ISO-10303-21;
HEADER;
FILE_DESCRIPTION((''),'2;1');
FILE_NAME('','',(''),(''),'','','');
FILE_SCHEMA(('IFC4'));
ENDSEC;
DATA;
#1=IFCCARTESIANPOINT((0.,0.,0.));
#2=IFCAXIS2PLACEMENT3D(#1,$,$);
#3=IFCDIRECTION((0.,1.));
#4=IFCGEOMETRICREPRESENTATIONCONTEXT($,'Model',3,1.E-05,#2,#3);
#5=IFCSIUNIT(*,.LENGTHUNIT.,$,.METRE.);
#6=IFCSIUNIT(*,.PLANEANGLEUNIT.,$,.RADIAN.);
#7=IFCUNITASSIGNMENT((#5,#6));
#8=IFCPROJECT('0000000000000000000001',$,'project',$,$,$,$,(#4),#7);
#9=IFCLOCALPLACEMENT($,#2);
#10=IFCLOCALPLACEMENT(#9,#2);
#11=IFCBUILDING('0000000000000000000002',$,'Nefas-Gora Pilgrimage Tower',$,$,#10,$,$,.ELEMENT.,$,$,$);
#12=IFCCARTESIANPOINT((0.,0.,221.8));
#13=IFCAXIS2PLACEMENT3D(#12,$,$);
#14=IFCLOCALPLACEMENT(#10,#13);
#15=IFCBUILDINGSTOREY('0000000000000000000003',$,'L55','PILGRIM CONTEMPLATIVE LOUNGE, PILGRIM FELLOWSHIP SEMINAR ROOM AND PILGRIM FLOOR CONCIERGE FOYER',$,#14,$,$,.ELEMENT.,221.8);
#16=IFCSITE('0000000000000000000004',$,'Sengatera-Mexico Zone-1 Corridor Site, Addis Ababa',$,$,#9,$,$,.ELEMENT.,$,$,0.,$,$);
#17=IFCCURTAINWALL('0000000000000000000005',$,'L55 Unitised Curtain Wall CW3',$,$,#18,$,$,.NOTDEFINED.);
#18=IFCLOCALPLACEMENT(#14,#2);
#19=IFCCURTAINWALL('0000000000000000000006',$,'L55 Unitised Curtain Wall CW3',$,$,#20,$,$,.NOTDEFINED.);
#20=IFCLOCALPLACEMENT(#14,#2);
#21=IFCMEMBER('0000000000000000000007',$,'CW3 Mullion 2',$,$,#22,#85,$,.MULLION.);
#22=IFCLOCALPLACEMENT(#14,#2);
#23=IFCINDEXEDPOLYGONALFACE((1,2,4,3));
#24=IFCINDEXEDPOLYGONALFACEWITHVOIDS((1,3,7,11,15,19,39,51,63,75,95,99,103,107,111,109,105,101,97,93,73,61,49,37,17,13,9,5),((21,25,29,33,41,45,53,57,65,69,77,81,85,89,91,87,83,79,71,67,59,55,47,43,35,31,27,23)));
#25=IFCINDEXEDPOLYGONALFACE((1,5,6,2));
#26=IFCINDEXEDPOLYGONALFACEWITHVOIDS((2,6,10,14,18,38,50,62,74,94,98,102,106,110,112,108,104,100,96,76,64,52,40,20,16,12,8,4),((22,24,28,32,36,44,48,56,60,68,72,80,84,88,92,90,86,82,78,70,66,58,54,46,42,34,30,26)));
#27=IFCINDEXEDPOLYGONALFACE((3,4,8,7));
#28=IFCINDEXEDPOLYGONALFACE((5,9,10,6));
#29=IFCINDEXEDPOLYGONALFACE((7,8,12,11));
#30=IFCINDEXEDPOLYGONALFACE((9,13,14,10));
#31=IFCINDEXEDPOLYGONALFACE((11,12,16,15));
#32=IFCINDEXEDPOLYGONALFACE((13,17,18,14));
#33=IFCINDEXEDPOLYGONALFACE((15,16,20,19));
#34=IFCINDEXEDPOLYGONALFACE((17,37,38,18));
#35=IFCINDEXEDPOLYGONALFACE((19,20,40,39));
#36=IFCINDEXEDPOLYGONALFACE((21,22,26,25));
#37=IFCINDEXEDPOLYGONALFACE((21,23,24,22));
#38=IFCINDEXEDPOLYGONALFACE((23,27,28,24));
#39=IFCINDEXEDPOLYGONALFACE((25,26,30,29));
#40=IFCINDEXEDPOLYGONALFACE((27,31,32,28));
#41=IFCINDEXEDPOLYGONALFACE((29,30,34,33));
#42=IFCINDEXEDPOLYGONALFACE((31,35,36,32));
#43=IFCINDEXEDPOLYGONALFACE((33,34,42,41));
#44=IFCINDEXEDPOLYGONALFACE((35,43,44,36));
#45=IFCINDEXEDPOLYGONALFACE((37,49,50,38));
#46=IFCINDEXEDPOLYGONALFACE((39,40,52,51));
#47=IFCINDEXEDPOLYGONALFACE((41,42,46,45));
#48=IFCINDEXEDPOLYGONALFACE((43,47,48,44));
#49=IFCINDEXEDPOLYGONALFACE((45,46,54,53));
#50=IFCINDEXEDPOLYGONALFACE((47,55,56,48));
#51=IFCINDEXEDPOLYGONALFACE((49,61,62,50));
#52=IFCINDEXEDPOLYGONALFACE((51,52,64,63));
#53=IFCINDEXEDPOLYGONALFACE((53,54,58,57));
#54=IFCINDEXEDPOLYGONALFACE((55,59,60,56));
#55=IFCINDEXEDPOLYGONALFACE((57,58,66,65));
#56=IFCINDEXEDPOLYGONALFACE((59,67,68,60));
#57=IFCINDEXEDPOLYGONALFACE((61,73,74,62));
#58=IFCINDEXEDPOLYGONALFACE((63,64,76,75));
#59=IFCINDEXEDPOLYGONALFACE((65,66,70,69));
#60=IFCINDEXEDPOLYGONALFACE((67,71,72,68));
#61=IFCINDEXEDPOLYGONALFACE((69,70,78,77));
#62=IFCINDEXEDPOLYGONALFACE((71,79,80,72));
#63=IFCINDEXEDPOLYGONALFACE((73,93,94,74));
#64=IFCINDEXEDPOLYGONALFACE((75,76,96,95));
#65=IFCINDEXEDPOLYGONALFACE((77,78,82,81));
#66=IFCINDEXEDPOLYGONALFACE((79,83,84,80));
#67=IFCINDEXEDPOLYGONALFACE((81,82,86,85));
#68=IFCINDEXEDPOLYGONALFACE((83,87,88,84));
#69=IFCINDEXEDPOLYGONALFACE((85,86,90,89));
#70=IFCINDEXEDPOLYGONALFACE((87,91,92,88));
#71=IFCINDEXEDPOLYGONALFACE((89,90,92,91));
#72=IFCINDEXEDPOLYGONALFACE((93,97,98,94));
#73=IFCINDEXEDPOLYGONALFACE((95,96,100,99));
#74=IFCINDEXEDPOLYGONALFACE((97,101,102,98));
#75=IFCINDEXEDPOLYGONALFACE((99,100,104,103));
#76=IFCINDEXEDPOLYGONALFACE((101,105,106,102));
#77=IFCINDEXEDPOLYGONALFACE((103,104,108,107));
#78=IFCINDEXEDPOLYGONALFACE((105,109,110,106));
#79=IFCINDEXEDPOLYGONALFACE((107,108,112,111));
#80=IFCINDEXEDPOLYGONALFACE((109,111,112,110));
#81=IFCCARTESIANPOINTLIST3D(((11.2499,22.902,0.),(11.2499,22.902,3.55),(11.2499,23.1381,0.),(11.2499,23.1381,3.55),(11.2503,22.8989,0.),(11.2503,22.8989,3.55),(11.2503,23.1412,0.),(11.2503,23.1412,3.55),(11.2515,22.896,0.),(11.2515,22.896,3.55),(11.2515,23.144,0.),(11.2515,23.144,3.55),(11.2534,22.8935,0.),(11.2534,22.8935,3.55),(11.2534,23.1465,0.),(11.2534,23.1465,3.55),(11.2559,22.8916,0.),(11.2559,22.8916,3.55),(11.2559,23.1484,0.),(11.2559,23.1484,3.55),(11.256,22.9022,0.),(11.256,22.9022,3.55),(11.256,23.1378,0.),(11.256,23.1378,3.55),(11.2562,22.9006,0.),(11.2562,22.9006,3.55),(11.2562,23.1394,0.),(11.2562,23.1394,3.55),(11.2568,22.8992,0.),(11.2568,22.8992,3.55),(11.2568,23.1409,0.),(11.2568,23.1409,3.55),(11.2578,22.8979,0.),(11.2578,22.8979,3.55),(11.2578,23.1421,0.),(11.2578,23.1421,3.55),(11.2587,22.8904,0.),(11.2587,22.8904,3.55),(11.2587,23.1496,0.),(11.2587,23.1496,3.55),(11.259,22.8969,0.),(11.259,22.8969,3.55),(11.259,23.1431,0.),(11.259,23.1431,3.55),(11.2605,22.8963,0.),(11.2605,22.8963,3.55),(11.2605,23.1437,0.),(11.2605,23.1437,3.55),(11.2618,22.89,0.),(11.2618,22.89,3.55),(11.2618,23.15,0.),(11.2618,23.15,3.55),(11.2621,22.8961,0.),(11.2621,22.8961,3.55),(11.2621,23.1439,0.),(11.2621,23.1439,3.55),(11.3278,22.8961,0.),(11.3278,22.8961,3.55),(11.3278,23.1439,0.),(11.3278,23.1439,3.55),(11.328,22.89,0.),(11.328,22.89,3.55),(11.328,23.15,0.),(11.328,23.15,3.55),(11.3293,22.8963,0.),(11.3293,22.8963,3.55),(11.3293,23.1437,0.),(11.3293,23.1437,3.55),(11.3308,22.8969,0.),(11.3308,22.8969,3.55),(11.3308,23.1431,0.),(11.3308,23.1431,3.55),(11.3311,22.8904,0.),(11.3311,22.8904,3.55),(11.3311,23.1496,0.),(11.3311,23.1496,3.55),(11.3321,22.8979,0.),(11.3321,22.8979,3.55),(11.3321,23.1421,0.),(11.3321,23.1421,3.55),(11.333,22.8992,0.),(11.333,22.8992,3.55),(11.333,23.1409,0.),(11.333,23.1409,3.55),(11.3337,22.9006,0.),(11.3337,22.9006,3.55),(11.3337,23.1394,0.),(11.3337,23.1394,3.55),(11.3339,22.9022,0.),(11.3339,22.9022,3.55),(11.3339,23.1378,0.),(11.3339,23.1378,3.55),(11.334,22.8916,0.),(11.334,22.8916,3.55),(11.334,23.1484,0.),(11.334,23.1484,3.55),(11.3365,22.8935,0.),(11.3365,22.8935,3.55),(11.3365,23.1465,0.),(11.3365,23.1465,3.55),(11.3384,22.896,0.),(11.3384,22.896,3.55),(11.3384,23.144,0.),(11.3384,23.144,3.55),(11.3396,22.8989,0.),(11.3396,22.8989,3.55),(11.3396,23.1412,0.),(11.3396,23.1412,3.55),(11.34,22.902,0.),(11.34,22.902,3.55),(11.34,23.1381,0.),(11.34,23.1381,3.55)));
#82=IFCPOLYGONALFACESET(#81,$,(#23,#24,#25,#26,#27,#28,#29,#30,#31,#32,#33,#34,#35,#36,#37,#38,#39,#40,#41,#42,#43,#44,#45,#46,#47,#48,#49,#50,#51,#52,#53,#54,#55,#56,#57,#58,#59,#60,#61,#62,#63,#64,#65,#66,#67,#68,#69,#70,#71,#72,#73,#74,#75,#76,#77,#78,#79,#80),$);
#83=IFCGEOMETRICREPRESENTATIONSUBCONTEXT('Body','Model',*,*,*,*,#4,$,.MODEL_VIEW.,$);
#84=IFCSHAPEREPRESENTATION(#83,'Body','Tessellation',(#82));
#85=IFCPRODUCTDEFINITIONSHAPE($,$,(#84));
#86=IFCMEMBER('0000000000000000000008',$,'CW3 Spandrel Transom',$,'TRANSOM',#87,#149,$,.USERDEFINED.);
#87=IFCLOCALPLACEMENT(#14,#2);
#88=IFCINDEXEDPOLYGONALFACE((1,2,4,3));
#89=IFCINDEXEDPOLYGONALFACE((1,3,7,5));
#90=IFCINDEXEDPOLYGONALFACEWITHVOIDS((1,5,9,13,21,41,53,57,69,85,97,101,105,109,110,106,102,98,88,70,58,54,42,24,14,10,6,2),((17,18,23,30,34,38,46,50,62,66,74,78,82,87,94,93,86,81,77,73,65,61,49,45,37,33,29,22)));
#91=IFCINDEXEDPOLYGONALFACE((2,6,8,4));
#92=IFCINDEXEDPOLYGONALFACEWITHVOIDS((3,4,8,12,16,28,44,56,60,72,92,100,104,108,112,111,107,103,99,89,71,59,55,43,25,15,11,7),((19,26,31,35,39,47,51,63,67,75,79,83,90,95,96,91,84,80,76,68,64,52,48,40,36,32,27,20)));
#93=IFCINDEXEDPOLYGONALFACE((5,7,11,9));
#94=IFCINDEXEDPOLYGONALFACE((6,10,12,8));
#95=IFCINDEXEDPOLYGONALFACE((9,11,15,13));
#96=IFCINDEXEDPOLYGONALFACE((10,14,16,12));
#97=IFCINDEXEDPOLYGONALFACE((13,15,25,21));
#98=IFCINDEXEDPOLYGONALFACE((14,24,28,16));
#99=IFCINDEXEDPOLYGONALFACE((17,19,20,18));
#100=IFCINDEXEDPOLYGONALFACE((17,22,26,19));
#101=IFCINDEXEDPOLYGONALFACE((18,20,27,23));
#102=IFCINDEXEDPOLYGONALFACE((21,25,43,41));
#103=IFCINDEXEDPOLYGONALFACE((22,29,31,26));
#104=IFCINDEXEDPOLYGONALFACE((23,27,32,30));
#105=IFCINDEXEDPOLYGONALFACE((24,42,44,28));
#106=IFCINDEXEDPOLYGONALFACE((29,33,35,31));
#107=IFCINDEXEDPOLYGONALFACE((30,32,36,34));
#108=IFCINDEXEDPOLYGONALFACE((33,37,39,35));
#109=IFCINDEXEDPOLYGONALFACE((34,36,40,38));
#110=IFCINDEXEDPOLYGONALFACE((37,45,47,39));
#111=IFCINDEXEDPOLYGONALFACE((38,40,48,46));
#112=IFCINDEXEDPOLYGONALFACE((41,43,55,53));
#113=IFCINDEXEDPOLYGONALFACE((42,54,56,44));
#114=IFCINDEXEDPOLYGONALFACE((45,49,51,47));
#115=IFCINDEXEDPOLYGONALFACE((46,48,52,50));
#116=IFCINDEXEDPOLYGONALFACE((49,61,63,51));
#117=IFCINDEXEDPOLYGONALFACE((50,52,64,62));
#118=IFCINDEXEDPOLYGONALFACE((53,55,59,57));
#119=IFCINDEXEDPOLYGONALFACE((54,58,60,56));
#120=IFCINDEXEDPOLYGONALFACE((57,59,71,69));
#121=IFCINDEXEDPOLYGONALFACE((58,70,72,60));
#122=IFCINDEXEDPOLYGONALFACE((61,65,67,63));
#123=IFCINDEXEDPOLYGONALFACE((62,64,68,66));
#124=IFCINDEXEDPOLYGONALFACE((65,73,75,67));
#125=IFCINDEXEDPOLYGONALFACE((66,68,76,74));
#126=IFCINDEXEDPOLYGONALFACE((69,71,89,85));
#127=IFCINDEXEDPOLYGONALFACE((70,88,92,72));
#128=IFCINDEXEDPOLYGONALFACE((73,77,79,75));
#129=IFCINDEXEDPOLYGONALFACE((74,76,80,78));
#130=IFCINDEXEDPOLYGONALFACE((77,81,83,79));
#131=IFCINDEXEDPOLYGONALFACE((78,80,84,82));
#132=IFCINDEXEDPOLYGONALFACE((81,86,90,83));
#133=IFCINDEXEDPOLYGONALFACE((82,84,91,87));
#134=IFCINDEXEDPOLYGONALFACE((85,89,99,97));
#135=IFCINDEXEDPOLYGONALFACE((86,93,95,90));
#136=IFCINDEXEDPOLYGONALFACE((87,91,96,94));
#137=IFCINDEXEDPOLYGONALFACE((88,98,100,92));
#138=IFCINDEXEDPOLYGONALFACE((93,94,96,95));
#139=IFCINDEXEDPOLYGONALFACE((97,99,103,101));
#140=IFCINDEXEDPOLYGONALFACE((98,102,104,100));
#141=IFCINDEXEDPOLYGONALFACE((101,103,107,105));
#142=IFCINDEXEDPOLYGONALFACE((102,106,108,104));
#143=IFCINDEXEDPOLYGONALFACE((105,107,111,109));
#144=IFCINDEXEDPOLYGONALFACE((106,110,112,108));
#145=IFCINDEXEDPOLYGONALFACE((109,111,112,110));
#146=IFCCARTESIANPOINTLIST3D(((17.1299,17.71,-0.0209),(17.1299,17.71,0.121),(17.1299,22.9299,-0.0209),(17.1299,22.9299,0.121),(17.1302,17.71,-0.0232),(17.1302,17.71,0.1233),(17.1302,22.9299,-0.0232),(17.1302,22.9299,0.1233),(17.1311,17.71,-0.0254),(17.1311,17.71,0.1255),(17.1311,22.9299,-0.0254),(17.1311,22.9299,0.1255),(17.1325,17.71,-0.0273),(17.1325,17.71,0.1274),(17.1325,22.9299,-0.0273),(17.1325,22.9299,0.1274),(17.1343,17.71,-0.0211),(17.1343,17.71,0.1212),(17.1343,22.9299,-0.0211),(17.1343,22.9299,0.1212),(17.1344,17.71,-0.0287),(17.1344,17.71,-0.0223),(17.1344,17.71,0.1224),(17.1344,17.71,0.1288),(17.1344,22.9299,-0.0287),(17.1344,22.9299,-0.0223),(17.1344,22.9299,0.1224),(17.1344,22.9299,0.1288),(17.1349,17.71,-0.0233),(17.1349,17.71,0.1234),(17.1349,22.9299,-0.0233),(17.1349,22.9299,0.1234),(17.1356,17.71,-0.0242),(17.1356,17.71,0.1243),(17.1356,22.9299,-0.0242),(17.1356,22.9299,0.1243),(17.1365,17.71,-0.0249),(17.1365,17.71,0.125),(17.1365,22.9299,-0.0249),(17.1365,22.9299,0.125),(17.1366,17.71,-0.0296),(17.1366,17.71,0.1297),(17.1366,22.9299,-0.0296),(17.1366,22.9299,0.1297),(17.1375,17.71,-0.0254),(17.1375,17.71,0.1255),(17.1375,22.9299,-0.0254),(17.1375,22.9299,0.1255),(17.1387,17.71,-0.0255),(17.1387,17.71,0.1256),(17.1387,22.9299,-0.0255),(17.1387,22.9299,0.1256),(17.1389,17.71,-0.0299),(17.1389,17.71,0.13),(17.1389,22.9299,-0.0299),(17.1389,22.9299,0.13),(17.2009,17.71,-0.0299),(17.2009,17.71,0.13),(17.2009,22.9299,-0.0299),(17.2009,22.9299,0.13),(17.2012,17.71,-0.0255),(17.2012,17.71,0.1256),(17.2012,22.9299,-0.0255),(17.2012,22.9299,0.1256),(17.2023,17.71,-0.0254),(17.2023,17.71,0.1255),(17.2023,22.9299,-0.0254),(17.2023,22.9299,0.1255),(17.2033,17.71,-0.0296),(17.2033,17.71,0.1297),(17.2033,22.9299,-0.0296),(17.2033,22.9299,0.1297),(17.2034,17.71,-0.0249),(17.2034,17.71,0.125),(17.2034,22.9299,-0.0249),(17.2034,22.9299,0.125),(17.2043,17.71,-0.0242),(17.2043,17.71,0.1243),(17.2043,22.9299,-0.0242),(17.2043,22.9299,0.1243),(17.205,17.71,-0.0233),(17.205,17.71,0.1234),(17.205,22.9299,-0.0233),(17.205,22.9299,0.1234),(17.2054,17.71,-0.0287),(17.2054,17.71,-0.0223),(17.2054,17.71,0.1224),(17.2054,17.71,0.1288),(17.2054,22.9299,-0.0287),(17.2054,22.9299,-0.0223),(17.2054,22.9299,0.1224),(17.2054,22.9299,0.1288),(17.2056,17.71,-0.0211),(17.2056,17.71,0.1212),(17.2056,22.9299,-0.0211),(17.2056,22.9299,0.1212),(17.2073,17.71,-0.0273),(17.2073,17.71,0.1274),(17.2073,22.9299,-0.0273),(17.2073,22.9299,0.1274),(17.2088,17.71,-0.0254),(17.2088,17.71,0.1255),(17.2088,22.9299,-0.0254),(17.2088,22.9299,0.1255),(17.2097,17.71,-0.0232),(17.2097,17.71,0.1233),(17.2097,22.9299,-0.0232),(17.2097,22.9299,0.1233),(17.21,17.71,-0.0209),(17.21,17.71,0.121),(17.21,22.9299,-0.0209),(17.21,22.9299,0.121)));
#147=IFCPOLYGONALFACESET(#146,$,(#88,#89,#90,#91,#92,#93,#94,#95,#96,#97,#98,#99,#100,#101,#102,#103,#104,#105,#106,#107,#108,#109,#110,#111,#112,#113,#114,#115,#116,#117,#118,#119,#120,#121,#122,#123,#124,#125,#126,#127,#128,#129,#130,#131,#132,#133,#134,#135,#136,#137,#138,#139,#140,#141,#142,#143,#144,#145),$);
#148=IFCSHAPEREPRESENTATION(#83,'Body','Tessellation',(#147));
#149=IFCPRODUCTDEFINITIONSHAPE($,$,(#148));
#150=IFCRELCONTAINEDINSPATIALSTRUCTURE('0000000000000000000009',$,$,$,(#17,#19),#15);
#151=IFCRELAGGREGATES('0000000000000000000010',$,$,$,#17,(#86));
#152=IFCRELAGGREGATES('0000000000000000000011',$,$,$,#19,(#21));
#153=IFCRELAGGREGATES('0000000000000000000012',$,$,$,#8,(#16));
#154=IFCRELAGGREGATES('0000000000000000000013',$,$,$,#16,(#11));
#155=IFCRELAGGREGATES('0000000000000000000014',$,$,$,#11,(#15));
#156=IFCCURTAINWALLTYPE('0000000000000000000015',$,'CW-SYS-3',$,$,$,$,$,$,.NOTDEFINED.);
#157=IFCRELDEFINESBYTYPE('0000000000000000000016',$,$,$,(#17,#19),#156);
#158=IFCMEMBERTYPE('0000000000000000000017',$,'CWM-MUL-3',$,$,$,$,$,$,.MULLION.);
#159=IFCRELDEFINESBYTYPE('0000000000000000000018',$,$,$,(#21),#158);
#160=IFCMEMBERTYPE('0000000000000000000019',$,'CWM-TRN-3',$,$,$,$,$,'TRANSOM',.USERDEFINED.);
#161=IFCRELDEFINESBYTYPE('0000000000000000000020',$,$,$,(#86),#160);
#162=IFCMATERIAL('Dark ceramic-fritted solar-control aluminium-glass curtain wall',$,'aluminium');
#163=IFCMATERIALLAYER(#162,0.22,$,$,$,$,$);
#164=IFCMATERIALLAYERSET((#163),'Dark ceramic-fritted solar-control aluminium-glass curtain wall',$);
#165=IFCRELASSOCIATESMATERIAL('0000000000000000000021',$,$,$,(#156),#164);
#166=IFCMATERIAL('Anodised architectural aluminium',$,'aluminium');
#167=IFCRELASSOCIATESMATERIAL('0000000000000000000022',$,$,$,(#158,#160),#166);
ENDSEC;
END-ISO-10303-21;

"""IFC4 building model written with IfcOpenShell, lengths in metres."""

from ifc_helpers import new_model, si_unit, direction, frame, origin, origin_2d, place, context, subcontext, project, spatial, hollow_rectangle, extrude, source, transform, mapped, material, layer, layer_set, material_profile, profile_set, type_object, element, aggregate, save


model = new_model("IFC4")

# Units and contexts
model_context = context("Model", 3, precision=1e-05, world=origin(), true_north=direction((0.0, 1.0)))
body_context = subcontext(model_context, "Body", "Model", "MODEL_VIEW")
ifc_project = project(units=[si_unit("LENGTHUNIT", "METRE"), si_unit("PLANEANGLEUNIT", "RADIAN")], contexts=[model_context])

# Site, building, storey
site_placement = place(None, origin())
site = spatial("IfcSite", under=ifc_project, at=site_placement, Name="Sengatera-Mexico Zone-1 Corridor Site, Addis Ababa", CompositionType="ELEMENT", RefElevation=0.0)
building_placement = place(site_placement, origin())
building = spatial("IfcBuilding", under=site, at=building_placement, Name="Nefas-Gora Pilgrimage Tower", CompositionType="ELEMENT")
storey_placement = place(building_placement, frame((0.0, 0.0, 221.8)))
storey = spatial("IfcBuildingStorey", under=building, at=storey_placement, Name="L55", Description="PILGRIM CONTEMPLATIVE LOUNGE, PILGRIM FELLOWSHIP SEMINAR ROOM AND PILGRIM FLOOR CONCIERGE FOYER", CompositionType="ELEMENT", Elevation=221.8)

# Shared definitions
ifc_material_1 = material(Name="Dark ceramic-fritted solar-control aluminium-glass curtain wall", Category="aluminium")
ifc_layer_1 = layer(ifc_material_1, 0.22)
ifc_layer_set_1 = layer_set([ifc_layer_1], Name="Dark ceramic-fritted solar-control aluminium-glass curtain wall")
curtain_wall_type = type_object("IfcCurtainWallType", Name="CW-SYS-3", PredefinedType="NOTDEFINED", material=ifc_layer_set_1)
ifc_material_2 = material(Name="Anodised architectural aluminium", Category="aluminium")
ifc_material_profile_1 = material_profile(ifc_material_2, hollow_rectangle(XDim=0.0901, YDim=0.26, WallThickness=0.0061, InnerFilletRadius=0.0061, OuterFilletRadius=0.012, at=origin_2d()), Name="ALU MULLION 90x260")
ifc_profile_set_1 = profile_set([ifc_material_profile_1], Name="Anodised architectural aluminium")
member_type_1 = type_object("IfcMemberType", Name="CWM-MUL-3", PredefinedType="MULLION", material=ifc_profile_set_1)
shared_shape_1 = source(origin(), body_context, "Body", "SweptSolid", [
    extrude(hollow_rectangle(XDim=0.0901, YDim=0.26, WallThickness=0.0061, InnerFilletRadius=0.0061, OuterFilletRadius=0.012, at=origin_2d()), origin(), (0.0, 0.0, 1.0), 3.55),
])

# Curtain walls, member
curtain_wall_1_placement = place(storey_placement, origin())
curtain_wall_1 = element("IfcCurtainWall", 1, at=curtain_wall_1_placement, inside=storey, type_object=curtain_wall_type, Name="L55 Unitised Curtain Wall CW3", PredefinedType="NOTDEFINED")
curtain_wall_2_placement = place(storey_placement, origin())
curtain_wall_2 = element("IfcCurtainWall", 2, at=curtain_wall_2_placement, inside=storey, type_object=curtain_wall_type, Name="L55 Unitised Curtain Wall CW3", PredefinedType="NOTDEFINED")
member_1_placement = place(storey_placement, frame((11.2949, 23.02, 0.0), z_axis=(0.0, 0.0, 1.0), x_axis=(-1.0, 0.0, 0.0)))
member_1 = element("IfcMember", 3, at=member_1_placement, type_object=member_type_1, Name="CW3 Mullion 2", PredefinedType="MULLION", context=body_context, shape_type="MappedRepresentation", body=[
    mapped(shared_shape_1, transform((0.0, 0.0, 0.0), x_axis=(1.0, 0.0, 0.0), y_axis=(0.0, 1.0, 0.0), z_axis=(0.0, 0.0, 1.0), scale=1.0)),
])

# Member
ifc_material_profile_2 = material_profile(ifc_material_2, hollow_rectangle(XDim=0.0801, YDim=0.1599, WallThickness=0.0044, InnerFilletRadius=0.0044, OuterFilletRadius=0.009, at=origin_2d()), Name="ALU TRANSOM 80x160")
ifc_profile_set_2 = profile_set([ifc_material_profile_2], Name="Anodised architectural aluminium")
member_type_2 = type_object("IfcMemberType", Name="CWM-TRN-3", ElementType="TRANSOM", PredefinedType="USERDEFINED", material=ifc_profile_set_2)
shared_shape_2 = source(origin(), body_context, "Body", "SweptSolid", [
    extrude(hollow_rectangle(XDim=0.0801, YDim=0.1599, WallThickness=0.0044, InnerFilletRadius=0.0044, OuterFilletRadius=0.009, at=origin_2d()), origin(), (0.0, 0.0, 1.0), 5.22),
])
member_2_placement = place(storey_placement, frame((17.1699, 17.71, 0.05), z_axis=(0.0, 1.0, 0.0), x_axis=(-1.0, 0.0, 0.0)))
member_2 = element("IfcMember", 4, at=member_2_placement, type_object=member_type_2, Name="CW3 Spandrel Transom", ObjectType="TRANSOM", PredefinedType="USERDEFINED", context=body_context, shape_type="MappedRepresentation", body=[
    mapped(shared_shape_2, transform((0.0, 0.0, 0.0), x_axis=(1.0, 0.0, 0.0), y_axis=(0.0, 1.0, 0.0), z_axis=(0.0, 0.0, 1.0), scale=1.0)),
])

aggregate(curtain_wall_1, [member_2])
aggregate(curtain_wall_2, [member_1])

save(model, "model.ifc")
